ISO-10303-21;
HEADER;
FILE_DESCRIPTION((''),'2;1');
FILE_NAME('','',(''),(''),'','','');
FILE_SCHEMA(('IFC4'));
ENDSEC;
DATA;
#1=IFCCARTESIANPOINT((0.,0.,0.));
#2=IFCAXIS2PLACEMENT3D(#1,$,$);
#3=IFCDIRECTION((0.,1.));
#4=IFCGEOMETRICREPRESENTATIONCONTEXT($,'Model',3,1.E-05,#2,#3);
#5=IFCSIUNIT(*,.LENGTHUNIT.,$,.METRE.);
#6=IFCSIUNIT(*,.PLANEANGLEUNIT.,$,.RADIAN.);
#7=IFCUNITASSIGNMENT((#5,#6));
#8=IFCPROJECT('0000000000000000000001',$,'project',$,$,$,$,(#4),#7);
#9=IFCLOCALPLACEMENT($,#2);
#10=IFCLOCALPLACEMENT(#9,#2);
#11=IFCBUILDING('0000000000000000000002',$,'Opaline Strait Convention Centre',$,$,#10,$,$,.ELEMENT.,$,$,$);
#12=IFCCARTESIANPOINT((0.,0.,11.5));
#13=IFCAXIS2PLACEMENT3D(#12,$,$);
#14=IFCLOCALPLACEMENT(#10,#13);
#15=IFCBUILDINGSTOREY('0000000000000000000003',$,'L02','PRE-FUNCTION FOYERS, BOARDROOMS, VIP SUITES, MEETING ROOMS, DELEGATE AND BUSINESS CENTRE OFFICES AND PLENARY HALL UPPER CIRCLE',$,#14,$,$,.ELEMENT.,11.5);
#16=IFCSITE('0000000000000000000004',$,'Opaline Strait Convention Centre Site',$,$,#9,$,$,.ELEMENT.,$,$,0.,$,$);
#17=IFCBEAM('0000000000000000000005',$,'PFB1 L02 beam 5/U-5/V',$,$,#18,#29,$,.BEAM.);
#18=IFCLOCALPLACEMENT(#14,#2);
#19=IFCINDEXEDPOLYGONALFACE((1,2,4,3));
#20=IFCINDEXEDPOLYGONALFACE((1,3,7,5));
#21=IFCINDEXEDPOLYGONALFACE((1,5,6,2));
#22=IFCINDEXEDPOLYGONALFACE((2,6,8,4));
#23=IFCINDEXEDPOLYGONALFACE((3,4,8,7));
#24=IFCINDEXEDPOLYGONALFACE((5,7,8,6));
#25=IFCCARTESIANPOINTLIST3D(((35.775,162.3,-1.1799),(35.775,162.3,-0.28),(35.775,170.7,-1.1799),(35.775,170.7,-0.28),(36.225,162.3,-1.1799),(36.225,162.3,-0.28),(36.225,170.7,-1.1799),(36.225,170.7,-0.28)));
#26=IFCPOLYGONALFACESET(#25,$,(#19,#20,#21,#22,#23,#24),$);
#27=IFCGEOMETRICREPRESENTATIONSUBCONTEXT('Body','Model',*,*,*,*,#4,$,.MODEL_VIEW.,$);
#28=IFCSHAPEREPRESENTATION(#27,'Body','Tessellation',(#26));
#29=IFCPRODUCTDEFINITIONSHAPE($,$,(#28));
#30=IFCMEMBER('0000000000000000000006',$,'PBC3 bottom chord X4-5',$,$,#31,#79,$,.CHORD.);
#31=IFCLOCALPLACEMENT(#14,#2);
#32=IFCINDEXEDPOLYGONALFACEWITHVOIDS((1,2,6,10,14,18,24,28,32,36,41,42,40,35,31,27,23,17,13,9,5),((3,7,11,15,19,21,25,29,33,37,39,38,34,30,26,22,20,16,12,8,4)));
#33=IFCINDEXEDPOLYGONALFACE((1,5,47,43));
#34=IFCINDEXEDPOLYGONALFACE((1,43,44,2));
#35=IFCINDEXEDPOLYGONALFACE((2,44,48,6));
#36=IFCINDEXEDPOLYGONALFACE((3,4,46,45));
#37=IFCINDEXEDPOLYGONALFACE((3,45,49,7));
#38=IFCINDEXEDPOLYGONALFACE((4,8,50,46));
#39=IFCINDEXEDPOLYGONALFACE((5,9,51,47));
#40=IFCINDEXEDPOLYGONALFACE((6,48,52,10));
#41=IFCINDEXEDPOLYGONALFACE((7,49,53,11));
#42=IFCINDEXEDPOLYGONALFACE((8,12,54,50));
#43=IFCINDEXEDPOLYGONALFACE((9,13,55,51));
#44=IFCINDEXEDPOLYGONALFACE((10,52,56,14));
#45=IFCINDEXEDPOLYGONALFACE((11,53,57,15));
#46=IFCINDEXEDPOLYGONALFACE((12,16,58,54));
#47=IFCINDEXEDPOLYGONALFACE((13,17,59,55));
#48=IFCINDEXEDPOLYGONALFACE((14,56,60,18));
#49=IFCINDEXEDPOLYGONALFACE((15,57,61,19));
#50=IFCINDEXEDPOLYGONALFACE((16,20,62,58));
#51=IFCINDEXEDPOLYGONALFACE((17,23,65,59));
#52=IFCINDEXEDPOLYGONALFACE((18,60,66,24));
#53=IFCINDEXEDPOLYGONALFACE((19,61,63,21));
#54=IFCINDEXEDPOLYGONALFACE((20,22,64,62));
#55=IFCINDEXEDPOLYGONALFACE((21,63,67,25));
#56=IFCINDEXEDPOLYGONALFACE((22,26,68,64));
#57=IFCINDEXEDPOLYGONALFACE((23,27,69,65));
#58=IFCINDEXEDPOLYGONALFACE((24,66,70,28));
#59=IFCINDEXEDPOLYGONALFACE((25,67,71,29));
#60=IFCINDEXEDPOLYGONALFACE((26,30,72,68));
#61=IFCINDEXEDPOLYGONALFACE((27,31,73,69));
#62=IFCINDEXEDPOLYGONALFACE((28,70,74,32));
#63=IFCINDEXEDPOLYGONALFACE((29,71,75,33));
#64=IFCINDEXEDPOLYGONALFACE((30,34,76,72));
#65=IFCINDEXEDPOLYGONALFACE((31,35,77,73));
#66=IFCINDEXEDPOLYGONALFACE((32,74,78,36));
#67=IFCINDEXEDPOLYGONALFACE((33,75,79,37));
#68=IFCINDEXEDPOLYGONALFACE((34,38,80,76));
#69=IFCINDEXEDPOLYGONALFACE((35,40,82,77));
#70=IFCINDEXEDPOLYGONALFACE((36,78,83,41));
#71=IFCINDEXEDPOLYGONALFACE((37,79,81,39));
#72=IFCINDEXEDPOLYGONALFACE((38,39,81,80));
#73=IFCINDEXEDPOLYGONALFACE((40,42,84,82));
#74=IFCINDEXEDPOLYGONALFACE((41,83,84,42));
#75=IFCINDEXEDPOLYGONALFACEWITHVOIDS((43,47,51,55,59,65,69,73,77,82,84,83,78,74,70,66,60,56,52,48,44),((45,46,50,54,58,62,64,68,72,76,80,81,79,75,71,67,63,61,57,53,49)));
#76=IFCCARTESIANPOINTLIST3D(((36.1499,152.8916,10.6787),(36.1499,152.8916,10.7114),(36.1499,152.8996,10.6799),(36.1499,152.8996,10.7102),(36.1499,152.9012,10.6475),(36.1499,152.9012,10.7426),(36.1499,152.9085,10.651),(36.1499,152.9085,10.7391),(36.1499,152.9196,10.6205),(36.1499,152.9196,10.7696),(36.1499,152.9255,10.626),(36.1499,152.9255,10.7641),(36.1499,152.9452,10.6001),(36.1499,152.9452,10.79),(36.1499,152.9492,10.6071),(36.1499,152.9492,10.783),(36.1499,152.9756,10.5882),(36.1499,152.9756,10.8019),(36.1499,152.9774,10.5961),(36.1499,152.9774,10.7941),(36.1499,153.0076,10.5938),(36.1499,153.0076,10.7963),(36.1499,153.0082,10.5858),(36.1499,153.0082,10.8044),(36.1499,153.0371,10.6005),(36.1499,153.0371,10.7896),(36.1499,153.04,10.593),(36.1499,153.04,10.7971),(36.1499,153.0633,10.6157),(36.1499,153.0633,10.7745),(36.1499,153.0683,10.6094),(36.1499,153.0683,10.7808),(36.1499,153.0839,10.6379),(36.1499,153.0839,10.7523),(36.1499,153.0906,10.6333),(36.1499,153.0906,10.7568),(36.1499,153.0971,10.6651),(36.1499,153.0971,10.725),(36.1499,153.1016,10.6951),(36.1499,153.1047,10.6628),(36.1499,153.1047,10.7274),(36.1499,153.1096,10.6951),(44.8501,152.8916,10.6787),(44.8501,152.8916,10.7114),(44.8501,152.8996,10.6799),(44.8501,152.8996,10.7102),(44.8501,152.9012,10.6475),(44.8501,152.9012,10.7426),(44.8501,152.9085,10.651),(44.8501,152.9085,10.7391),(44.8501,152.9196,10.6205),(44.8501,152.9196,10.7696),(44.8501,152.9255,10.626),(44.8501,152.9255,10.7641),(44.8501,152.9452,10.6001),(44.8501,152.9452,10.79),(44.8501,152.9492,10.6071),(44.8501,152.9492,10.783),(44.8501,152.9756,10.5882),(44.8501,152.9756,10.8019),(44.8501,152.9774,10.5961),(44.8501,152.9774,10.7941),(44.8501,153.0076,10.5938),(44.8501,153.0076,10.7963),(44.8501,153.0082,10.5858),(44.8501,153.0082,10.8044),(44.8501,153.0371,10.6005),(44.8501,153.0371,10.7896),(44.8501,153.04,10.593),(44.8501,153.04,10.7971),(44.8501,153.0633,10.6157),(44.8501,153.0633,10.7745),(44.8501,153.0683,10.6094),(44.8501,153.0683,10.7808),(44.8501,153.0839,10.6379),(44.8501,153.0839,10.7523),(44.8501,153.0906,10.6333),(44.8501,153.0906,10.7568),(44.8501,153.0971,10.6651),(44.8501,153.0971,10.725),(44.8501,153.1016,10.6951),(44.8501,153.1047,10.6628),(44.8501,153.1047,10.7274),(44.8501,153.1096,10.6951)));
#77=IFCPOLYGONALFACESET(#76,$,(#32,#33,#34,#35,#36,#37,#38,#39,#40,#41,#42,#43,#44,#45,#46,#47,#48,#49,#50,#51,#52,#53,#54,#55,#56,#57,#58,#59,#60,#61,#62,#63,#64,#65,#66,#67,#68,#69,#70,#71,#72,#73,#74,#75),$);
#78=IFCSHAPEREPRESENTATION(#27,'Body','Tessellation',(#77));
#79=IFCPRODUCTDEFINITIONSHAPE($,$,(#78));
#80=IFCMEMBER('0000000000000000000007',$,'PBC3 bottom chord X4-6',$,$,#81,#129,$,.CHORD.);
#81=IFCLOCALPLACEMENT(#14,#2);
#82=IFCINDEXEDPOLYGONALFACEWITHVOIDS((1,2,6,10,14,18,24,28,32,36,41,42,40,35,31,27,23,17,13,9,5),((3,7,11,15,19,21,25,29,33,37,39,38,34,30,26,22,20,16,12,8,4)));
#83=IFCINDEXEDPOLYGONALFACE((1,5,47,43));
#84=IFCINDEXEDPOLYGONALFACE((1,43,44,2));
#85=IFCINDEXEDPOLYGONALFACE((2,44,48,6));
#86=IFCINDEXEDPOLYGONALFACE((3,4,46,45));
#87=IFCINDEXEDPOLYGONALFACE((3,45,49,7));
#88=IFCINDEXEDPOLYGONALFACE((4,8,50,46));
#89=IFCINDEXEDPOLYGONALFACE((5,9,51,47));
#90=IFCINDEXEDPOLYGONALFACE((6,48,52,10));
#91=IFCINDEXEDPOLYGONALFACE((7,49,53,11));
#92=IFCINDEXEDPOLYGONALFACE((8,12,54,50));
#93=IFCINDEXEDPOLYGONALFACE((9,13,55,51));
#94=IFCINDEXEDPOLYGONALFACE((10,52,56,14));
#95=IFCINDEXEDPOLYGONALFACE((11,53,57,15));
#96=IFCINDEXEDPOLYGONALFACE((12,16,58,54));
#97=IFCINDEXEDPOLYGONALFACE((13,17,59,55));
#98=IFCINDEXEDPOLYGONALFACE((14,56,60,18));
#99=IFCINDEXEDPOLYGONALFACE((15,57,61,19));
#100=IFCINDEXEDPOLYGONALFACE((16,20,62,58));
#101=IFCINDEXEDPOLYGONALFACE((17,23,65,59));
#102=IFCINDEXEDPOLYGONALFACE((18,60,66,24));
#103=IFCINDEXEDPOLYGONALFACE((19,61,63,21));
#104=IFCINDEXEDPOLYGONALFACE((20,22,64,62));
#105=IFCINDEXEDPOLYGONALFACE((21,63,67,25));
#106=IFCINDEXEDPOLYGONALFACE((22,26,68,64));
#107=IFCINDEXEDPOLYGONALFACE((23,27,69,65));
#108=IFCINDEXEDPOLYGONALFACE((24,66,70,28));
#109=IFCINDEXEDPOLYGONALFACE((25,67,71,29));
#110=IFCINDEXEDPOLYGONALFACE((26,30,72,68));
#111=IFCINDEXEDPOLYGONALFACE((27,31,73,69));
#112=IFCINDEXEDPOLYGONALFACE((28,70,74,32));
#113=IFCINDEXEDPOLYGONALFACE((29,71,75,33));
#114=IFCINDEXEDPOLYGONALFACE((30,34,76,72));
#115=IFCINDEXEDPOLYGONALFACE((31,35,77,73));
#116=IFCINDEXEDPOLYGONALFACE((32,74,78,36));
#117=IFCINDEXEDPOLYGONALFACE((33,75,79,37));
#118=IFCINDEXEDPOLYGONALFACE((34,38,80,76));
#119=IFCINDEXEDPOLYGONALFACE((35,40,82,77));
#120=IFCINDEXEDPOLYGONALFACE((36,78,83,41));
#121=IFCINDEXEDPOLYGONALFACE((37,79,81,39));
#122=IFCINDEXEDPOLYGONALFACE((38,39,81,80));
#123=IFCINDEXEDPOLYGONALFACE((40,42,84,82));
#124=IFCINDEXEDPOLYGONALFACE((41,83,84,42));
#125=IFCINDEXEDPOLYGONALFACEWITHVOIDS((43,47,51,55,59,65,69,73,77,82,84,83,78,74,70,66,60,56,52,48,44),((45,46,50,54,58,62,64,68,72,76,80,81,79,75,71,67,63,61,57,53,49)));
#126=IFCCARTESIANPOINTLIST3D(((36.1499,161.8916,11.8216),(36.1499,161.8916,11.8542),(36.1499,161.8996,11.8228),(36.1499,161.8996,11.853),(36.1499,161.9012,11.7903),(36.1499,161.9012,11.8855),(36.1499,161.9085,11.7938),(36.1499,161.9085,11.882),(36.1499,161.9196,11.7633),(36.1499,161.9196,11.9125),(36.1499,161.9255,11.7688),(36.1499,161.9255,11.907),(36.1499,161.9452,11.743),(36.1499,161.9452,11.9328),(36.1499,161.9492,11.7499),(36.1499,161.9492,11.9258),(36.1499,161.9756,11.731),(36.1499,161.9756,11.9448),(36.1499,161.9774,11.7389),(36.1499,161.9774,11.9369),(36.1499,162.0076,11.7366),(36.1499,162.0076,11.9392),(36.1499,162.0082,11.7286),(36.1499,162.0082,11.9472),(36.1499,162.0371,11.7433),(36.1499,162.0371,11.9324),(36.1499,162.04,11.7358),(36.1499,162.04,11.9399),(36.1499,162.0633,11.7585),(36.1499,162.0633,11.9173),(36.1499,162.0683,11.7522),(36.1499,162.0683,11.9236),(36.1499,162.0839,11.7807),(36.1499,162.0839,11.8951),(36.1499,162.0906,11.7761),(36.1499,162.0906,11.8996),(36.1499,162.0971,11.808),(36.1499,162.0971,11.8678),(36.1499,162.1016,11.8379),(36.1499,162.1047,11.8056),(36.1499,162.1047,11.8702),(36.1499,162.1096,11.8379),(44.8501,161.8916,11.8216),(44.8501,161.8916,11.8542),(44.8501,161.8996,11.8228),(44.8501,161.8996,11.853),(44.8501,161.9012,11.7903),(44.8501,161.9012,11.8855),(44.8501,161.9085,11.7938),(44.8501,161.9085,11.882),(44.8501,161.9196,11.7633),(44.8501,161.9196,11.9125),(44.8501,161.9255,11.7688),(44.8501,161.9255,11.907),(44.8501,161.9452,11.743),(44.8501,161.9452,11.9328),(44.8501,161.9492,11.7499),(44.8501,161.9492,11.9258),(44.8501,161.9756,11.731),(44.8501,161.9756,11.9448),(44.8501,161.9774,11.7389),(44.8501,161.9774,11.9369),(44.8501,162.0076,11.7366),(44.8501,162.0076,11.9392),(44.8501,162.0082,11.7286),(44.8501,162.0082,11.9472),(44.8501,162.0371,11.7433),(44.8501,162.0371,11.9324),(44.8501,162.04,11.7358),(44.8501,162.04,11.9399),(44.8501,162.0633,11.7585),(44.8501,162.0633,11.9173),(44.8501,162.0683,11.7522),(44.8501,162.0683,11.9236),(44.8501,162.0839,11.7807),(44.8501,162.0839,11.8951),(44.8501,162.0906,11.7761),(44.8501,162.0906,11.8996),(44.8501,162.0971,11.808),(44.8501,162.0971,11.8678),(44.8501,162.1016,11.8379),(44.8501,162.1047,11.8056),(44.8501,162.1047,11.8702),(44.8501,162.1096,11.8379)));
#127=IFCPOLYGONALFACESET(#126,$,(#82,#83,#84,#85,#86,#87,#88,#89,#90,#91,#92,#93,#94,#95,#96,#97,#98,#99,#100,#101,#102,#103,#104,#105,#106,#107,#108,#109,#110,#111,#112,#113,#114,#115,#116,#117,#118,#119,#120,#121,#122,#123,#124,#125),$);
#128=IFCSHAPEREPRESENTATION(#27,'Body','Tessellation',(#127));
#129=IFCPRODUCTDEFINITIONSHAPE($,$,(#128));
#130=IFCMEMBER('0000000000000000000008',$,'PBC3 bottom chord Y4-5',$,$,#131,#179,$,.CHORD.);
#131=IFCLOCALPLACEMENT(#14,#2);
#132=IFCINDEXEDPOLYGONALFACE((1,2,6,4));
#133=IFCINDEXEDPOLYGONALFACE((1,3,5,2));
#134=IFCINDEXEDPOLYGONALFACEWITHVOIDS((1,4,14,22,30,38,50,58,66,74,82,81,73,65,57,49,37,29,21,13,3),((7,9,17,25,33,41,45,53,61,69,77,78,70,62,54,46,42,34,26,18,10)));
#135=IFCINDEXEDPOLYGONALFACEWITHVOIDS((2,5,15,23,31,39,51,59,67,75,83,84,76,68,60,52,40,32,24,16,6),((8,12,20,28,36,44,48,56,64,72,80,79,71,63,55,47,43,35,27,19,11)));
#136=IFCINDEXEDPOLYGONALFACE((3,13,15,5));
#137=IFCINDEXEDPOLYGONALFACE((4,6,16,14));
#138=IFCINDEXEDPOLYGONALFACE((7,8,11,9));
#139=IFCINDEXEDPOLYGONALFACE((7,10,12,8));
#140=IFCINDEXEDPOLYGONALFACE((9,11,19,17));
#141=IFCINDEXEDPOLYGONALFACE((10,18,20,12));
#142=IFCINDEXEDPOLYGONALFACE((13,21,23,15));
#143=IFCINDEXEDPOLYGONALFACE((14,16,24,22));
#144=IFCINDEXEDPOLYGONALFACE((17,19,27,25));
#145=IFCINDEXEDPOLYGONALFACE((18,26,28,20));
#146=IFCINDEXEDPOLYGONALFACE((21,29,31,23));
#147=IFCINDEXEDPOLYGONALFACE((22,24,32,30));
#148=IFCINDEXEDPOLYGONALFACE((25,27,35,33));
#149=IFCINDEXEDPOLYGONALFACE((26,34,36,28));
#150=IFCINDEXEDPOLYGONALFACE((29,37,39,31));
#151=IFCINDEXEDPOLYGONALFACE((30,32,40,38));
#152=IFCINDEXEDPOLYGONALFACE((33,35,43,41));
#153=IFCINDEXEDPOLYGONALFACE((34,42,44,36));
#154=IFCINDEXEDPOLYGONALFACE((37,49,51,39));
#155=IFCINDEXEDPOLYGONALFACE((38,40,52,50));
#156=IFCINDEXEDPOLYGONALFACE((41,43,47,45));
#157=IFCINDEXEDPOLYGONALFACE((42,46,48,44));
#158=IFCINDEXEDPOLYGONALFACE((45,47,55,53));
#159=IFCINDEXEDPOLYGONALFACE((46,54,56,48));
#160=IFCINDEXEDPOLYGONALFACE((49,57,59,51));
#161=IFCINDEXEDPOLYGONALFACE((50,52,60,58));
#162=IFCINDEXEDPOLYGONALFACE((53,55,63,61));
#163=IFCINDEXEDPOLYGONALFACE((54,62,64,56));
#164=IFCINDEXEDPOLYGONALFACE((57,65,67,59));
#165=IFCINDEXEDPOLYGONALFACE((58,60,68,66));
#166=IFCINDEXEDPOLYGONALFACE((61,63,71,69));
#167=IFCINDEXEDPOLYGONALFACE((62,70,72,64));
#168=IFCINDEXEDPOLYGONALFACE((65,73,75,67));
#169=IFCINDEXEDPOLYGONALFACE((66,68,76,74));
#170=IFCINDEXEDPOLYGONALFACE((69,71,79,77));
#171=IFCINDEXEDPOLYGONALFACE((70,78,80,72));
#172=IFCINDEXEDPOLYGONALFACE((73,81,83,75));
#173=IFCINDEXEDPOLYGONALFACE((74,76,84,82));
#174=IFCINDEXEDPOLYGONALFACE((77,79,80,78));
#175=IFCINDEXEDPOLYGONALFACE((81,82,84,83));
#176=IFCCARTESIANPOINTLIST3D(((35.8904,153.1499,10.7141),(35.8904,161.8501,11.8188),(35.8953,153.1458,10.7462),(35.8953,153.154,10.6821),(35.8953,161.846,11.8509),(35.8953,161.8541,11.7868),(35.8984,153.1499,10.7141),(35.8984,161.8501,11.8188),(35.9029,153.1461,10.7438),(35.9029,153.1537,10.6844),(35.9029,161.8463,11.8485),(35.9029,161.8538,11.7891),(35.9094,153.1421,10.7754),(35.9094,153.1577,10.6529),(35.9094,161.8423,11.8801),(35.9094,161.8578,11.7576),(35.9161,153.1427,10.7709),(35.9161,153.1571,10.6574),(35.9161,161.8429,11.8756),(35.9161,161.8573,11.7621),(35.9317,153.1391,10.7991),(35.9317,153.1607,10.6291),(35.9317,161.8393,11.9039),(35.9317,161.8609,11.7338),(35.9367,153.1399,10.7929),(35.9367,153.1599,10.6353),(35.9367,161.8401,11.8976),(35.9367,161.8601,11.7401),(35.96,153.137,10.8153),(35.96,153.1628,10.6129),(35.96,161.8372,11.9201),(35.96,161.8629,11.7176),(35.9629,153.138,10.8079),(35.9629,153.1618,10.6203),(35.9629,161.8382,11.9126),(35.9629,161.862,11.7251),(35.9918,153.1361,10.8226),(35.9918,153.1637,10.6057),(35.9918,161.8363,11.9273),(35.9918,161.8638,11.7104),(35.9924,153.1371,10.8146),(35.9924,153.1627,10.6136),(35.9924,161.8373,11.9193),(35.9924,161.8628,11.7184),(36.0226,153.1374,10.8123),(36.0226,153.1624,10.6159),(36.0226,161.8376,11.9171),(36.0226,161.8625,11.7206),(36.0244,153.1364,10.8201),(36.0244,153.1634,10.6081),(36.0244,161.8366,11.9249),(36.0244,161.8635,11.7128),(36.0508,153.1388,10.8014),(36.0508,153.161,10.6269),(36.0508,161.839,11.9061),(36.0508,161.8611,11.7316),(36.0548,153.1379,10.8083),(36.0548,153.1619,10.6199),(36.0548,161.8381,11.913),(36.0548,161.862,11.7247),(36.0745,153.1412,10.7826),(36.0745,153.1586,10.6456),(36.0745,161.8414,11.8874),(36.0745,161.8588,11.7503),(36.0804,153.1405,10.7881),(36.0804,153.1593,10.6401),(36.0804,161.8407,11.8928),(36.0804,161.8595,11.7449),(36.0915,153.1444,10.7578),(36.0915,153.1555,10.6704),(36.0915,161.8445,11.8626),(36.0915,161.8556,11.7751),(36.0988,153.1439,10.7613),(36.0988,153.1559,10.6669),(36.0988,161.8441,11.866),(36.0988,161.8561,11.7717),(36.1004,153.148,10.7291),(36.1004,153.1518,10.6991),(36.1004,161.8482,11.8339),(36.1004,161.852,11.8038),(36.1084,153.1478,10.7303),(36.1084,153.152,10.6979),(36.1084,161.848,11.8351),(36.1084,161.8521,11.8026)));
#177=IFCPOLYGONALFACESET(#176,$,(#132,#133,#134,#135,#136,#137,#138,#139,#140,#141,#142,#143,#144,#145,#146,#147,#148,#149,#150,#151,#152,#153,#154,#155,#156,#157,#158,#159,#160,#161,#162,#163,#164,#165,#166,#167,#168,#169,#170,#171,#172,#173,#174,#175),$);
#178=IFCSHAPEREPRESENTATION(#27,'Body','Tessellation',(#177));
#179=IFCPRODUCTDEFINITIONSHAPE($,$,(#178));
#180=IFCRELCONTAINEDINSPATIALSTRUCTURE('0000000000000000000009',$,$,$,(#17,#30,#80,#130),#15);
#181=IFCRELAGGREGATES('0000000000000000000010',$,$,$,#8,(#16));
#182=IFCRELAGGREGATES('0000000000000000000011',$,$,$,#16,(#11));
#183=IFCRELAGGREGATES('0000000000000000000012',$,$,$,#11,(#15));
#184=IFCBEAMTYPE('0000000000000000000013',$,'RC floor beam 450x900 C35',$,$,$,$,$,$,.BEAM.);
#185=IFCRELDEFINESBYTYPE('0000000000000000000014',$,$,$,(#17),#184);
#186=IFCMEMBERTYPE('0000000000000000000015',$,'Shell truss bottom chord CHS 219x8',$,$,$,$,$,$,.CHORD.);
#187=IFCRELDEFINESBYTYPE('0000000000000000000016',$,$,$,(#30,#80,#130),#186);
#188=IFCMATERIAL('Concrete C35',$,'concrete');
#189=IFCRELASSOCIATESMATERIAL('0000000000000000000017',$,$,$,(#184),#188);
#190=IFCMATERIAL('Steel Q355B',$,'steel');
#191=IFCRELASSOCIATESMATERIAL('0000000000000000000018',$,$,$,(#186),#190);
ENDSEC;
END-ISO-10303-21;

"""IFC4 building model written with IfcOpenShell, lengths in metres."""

from ifc_helpers import new_model, si_unit, direction, frame, origin, origin_2d, place, context, subcontext, project, spatial, rectangle, hollow_circle, extrude, material, material_profile, profile_set, type_object, element, save


model = new_model("IFC4")

# Units and contexts
model_context = context("Model", 3, precision=1e-05, world=origin(), true_north=direction((0.0, 1.0)))
body_context = subcontext(model_context, "Body", "Model", "MODEL_VIEW")
ifc_project = project(units=[si_unit("LENGTHUNIT", "METRE"), si_unit("PLANEANGLEUNIT", "RADIAN")], contexts=[model_context])

# Site, building, storey
site_placement = place(None, origin())
site = spatial("IfcSite", under=ifc_project, at=site_placement, Name="Opaline Strait Convention Centre Site", CompositionType="ELEMENT", RefElevation=0.0)
building_placement = place(site_placement, origin())
building = spatial("IfcBuilding", under=site, at=building_placement, Name="Opaline Strait Convention Centre", CompositionType="ELEMENT")
storey_placement = place(building_placement, frame((0.0, 0.0, 11.5)))
storey = spatial("IfcBuildingStorey", under=building, at=storey_placement, Name="L02", Description="PRE-FUNCTION FOYERS, BOARDROOMS, VIP SUITES, MEETING ROOMS, DELEGATE AND BUSINESS CENTRE OFFICES AND PLENARY HALL UPPER CIRCLE", CompositionType="ELEMENT", Elevation=11.5)

# Beam
ifc_material_1 = material(Name="Concrete C35", Category="concrete")
ifc_material_profile_1 = material_profile(ifc_material_1, rectangle(XDim=0.45, YDim=0.8999, at=origin_2d()), Name="RC 450x900")
ifc_profile_set_1 = profile_set([ifc_material_profile_1], Name="Concrete C35")
beam_type = type_object("IfcBeamType", Name="RC floor beam 450x900 C35", PredefinedType="BEAM", material=ifc_profile_set_1)
beam_placement = place(storey_placement, frame((36.0, 162.3, -0.73), z_axis=(0.0, 1.0, 0.0), x_axis=(-1.0, 0.0, 0.0)))
element("IfcBeam", 1, at=beam_placement, inside=storey, type_object=beam_type, Name="PFB1 L02 beam 5/U-5/V", PredefinedType="BEAM", context=body_context, shape_type="SweptSolid", body=[
    extrude(rectangle(XDim=0.45, YDim=0.8999, at=origin_2d()), origin(), (0.0, 0.0, 1.0), 8.3999),
])

# Members
ifc_material_2 = material(Name="Steel Q355B", Category="steel")
ifc_material_profile_2 = material_profile(ifc_material_2, hollow_circle(Radius=0.1096, WallThickness=0.0081, at=origin_2d()), Name="CHS 219x8")
ifc_profile_set_2 = profile_set([ifc_material_profile_2], Name="Steel Q355B")
member_type_1 = type_object("IfcMemberType", Name="Shell truss bottom chord CHS 219x8", PredefinedType="CHORD", material=ifc_profile_set_2)
for number, where, z_axis, x_axis, name in (
    (2, (36.1499, 153.0, 10.6951), (1.0, 0.0, 0.0), (0.0, 1.0, 0.0), "PBC3 bottom chord X4-5"),
    (3, (36.1499, 162.0, 11.8379), (1.0, 0.0, 0.0), (0.0, 1.0, 0.0), "PBC3 bottom chord X4-6"),
):
    element("IfcMember", number, at=place(storey_placement, frame(where, z_axis=z_axis, x_axis=x_axis)), inside=storey, type_object=member_type_1, Name=name, PredefinedType="CHORD", context=body_context, shape_type="SweptSolid", body=[
        extrude(hollow_circle(Radius=0.1096, WallThickness=0.0081, at=origin_2d()), origin(), (0.0, 0.0, 1.0), 8.7002),
    ])
member_1_placement = place(storey_placement, frame((36.0, 153.1499, 10.7141), z_axis=(0.0, 0.992034, 0.125967), x_axis=(-1.0, 0.0, 0.0)))
element("IfcMember", 4, at=member_1_placement, inside=storey, type_object=member_type_1, Name="PBC3 bottom chord Y4-5", PredefinedType="CHORD", context=body_context, shape_type="SweptSolid", body=[
    extrude(hollow_circle(Radius=0.1096, WallThickness=0.0081, at=origin_2d()), origin(), (0.0, 0.0, 1.0), 8.77),
])

save(model, "model.ifc")
